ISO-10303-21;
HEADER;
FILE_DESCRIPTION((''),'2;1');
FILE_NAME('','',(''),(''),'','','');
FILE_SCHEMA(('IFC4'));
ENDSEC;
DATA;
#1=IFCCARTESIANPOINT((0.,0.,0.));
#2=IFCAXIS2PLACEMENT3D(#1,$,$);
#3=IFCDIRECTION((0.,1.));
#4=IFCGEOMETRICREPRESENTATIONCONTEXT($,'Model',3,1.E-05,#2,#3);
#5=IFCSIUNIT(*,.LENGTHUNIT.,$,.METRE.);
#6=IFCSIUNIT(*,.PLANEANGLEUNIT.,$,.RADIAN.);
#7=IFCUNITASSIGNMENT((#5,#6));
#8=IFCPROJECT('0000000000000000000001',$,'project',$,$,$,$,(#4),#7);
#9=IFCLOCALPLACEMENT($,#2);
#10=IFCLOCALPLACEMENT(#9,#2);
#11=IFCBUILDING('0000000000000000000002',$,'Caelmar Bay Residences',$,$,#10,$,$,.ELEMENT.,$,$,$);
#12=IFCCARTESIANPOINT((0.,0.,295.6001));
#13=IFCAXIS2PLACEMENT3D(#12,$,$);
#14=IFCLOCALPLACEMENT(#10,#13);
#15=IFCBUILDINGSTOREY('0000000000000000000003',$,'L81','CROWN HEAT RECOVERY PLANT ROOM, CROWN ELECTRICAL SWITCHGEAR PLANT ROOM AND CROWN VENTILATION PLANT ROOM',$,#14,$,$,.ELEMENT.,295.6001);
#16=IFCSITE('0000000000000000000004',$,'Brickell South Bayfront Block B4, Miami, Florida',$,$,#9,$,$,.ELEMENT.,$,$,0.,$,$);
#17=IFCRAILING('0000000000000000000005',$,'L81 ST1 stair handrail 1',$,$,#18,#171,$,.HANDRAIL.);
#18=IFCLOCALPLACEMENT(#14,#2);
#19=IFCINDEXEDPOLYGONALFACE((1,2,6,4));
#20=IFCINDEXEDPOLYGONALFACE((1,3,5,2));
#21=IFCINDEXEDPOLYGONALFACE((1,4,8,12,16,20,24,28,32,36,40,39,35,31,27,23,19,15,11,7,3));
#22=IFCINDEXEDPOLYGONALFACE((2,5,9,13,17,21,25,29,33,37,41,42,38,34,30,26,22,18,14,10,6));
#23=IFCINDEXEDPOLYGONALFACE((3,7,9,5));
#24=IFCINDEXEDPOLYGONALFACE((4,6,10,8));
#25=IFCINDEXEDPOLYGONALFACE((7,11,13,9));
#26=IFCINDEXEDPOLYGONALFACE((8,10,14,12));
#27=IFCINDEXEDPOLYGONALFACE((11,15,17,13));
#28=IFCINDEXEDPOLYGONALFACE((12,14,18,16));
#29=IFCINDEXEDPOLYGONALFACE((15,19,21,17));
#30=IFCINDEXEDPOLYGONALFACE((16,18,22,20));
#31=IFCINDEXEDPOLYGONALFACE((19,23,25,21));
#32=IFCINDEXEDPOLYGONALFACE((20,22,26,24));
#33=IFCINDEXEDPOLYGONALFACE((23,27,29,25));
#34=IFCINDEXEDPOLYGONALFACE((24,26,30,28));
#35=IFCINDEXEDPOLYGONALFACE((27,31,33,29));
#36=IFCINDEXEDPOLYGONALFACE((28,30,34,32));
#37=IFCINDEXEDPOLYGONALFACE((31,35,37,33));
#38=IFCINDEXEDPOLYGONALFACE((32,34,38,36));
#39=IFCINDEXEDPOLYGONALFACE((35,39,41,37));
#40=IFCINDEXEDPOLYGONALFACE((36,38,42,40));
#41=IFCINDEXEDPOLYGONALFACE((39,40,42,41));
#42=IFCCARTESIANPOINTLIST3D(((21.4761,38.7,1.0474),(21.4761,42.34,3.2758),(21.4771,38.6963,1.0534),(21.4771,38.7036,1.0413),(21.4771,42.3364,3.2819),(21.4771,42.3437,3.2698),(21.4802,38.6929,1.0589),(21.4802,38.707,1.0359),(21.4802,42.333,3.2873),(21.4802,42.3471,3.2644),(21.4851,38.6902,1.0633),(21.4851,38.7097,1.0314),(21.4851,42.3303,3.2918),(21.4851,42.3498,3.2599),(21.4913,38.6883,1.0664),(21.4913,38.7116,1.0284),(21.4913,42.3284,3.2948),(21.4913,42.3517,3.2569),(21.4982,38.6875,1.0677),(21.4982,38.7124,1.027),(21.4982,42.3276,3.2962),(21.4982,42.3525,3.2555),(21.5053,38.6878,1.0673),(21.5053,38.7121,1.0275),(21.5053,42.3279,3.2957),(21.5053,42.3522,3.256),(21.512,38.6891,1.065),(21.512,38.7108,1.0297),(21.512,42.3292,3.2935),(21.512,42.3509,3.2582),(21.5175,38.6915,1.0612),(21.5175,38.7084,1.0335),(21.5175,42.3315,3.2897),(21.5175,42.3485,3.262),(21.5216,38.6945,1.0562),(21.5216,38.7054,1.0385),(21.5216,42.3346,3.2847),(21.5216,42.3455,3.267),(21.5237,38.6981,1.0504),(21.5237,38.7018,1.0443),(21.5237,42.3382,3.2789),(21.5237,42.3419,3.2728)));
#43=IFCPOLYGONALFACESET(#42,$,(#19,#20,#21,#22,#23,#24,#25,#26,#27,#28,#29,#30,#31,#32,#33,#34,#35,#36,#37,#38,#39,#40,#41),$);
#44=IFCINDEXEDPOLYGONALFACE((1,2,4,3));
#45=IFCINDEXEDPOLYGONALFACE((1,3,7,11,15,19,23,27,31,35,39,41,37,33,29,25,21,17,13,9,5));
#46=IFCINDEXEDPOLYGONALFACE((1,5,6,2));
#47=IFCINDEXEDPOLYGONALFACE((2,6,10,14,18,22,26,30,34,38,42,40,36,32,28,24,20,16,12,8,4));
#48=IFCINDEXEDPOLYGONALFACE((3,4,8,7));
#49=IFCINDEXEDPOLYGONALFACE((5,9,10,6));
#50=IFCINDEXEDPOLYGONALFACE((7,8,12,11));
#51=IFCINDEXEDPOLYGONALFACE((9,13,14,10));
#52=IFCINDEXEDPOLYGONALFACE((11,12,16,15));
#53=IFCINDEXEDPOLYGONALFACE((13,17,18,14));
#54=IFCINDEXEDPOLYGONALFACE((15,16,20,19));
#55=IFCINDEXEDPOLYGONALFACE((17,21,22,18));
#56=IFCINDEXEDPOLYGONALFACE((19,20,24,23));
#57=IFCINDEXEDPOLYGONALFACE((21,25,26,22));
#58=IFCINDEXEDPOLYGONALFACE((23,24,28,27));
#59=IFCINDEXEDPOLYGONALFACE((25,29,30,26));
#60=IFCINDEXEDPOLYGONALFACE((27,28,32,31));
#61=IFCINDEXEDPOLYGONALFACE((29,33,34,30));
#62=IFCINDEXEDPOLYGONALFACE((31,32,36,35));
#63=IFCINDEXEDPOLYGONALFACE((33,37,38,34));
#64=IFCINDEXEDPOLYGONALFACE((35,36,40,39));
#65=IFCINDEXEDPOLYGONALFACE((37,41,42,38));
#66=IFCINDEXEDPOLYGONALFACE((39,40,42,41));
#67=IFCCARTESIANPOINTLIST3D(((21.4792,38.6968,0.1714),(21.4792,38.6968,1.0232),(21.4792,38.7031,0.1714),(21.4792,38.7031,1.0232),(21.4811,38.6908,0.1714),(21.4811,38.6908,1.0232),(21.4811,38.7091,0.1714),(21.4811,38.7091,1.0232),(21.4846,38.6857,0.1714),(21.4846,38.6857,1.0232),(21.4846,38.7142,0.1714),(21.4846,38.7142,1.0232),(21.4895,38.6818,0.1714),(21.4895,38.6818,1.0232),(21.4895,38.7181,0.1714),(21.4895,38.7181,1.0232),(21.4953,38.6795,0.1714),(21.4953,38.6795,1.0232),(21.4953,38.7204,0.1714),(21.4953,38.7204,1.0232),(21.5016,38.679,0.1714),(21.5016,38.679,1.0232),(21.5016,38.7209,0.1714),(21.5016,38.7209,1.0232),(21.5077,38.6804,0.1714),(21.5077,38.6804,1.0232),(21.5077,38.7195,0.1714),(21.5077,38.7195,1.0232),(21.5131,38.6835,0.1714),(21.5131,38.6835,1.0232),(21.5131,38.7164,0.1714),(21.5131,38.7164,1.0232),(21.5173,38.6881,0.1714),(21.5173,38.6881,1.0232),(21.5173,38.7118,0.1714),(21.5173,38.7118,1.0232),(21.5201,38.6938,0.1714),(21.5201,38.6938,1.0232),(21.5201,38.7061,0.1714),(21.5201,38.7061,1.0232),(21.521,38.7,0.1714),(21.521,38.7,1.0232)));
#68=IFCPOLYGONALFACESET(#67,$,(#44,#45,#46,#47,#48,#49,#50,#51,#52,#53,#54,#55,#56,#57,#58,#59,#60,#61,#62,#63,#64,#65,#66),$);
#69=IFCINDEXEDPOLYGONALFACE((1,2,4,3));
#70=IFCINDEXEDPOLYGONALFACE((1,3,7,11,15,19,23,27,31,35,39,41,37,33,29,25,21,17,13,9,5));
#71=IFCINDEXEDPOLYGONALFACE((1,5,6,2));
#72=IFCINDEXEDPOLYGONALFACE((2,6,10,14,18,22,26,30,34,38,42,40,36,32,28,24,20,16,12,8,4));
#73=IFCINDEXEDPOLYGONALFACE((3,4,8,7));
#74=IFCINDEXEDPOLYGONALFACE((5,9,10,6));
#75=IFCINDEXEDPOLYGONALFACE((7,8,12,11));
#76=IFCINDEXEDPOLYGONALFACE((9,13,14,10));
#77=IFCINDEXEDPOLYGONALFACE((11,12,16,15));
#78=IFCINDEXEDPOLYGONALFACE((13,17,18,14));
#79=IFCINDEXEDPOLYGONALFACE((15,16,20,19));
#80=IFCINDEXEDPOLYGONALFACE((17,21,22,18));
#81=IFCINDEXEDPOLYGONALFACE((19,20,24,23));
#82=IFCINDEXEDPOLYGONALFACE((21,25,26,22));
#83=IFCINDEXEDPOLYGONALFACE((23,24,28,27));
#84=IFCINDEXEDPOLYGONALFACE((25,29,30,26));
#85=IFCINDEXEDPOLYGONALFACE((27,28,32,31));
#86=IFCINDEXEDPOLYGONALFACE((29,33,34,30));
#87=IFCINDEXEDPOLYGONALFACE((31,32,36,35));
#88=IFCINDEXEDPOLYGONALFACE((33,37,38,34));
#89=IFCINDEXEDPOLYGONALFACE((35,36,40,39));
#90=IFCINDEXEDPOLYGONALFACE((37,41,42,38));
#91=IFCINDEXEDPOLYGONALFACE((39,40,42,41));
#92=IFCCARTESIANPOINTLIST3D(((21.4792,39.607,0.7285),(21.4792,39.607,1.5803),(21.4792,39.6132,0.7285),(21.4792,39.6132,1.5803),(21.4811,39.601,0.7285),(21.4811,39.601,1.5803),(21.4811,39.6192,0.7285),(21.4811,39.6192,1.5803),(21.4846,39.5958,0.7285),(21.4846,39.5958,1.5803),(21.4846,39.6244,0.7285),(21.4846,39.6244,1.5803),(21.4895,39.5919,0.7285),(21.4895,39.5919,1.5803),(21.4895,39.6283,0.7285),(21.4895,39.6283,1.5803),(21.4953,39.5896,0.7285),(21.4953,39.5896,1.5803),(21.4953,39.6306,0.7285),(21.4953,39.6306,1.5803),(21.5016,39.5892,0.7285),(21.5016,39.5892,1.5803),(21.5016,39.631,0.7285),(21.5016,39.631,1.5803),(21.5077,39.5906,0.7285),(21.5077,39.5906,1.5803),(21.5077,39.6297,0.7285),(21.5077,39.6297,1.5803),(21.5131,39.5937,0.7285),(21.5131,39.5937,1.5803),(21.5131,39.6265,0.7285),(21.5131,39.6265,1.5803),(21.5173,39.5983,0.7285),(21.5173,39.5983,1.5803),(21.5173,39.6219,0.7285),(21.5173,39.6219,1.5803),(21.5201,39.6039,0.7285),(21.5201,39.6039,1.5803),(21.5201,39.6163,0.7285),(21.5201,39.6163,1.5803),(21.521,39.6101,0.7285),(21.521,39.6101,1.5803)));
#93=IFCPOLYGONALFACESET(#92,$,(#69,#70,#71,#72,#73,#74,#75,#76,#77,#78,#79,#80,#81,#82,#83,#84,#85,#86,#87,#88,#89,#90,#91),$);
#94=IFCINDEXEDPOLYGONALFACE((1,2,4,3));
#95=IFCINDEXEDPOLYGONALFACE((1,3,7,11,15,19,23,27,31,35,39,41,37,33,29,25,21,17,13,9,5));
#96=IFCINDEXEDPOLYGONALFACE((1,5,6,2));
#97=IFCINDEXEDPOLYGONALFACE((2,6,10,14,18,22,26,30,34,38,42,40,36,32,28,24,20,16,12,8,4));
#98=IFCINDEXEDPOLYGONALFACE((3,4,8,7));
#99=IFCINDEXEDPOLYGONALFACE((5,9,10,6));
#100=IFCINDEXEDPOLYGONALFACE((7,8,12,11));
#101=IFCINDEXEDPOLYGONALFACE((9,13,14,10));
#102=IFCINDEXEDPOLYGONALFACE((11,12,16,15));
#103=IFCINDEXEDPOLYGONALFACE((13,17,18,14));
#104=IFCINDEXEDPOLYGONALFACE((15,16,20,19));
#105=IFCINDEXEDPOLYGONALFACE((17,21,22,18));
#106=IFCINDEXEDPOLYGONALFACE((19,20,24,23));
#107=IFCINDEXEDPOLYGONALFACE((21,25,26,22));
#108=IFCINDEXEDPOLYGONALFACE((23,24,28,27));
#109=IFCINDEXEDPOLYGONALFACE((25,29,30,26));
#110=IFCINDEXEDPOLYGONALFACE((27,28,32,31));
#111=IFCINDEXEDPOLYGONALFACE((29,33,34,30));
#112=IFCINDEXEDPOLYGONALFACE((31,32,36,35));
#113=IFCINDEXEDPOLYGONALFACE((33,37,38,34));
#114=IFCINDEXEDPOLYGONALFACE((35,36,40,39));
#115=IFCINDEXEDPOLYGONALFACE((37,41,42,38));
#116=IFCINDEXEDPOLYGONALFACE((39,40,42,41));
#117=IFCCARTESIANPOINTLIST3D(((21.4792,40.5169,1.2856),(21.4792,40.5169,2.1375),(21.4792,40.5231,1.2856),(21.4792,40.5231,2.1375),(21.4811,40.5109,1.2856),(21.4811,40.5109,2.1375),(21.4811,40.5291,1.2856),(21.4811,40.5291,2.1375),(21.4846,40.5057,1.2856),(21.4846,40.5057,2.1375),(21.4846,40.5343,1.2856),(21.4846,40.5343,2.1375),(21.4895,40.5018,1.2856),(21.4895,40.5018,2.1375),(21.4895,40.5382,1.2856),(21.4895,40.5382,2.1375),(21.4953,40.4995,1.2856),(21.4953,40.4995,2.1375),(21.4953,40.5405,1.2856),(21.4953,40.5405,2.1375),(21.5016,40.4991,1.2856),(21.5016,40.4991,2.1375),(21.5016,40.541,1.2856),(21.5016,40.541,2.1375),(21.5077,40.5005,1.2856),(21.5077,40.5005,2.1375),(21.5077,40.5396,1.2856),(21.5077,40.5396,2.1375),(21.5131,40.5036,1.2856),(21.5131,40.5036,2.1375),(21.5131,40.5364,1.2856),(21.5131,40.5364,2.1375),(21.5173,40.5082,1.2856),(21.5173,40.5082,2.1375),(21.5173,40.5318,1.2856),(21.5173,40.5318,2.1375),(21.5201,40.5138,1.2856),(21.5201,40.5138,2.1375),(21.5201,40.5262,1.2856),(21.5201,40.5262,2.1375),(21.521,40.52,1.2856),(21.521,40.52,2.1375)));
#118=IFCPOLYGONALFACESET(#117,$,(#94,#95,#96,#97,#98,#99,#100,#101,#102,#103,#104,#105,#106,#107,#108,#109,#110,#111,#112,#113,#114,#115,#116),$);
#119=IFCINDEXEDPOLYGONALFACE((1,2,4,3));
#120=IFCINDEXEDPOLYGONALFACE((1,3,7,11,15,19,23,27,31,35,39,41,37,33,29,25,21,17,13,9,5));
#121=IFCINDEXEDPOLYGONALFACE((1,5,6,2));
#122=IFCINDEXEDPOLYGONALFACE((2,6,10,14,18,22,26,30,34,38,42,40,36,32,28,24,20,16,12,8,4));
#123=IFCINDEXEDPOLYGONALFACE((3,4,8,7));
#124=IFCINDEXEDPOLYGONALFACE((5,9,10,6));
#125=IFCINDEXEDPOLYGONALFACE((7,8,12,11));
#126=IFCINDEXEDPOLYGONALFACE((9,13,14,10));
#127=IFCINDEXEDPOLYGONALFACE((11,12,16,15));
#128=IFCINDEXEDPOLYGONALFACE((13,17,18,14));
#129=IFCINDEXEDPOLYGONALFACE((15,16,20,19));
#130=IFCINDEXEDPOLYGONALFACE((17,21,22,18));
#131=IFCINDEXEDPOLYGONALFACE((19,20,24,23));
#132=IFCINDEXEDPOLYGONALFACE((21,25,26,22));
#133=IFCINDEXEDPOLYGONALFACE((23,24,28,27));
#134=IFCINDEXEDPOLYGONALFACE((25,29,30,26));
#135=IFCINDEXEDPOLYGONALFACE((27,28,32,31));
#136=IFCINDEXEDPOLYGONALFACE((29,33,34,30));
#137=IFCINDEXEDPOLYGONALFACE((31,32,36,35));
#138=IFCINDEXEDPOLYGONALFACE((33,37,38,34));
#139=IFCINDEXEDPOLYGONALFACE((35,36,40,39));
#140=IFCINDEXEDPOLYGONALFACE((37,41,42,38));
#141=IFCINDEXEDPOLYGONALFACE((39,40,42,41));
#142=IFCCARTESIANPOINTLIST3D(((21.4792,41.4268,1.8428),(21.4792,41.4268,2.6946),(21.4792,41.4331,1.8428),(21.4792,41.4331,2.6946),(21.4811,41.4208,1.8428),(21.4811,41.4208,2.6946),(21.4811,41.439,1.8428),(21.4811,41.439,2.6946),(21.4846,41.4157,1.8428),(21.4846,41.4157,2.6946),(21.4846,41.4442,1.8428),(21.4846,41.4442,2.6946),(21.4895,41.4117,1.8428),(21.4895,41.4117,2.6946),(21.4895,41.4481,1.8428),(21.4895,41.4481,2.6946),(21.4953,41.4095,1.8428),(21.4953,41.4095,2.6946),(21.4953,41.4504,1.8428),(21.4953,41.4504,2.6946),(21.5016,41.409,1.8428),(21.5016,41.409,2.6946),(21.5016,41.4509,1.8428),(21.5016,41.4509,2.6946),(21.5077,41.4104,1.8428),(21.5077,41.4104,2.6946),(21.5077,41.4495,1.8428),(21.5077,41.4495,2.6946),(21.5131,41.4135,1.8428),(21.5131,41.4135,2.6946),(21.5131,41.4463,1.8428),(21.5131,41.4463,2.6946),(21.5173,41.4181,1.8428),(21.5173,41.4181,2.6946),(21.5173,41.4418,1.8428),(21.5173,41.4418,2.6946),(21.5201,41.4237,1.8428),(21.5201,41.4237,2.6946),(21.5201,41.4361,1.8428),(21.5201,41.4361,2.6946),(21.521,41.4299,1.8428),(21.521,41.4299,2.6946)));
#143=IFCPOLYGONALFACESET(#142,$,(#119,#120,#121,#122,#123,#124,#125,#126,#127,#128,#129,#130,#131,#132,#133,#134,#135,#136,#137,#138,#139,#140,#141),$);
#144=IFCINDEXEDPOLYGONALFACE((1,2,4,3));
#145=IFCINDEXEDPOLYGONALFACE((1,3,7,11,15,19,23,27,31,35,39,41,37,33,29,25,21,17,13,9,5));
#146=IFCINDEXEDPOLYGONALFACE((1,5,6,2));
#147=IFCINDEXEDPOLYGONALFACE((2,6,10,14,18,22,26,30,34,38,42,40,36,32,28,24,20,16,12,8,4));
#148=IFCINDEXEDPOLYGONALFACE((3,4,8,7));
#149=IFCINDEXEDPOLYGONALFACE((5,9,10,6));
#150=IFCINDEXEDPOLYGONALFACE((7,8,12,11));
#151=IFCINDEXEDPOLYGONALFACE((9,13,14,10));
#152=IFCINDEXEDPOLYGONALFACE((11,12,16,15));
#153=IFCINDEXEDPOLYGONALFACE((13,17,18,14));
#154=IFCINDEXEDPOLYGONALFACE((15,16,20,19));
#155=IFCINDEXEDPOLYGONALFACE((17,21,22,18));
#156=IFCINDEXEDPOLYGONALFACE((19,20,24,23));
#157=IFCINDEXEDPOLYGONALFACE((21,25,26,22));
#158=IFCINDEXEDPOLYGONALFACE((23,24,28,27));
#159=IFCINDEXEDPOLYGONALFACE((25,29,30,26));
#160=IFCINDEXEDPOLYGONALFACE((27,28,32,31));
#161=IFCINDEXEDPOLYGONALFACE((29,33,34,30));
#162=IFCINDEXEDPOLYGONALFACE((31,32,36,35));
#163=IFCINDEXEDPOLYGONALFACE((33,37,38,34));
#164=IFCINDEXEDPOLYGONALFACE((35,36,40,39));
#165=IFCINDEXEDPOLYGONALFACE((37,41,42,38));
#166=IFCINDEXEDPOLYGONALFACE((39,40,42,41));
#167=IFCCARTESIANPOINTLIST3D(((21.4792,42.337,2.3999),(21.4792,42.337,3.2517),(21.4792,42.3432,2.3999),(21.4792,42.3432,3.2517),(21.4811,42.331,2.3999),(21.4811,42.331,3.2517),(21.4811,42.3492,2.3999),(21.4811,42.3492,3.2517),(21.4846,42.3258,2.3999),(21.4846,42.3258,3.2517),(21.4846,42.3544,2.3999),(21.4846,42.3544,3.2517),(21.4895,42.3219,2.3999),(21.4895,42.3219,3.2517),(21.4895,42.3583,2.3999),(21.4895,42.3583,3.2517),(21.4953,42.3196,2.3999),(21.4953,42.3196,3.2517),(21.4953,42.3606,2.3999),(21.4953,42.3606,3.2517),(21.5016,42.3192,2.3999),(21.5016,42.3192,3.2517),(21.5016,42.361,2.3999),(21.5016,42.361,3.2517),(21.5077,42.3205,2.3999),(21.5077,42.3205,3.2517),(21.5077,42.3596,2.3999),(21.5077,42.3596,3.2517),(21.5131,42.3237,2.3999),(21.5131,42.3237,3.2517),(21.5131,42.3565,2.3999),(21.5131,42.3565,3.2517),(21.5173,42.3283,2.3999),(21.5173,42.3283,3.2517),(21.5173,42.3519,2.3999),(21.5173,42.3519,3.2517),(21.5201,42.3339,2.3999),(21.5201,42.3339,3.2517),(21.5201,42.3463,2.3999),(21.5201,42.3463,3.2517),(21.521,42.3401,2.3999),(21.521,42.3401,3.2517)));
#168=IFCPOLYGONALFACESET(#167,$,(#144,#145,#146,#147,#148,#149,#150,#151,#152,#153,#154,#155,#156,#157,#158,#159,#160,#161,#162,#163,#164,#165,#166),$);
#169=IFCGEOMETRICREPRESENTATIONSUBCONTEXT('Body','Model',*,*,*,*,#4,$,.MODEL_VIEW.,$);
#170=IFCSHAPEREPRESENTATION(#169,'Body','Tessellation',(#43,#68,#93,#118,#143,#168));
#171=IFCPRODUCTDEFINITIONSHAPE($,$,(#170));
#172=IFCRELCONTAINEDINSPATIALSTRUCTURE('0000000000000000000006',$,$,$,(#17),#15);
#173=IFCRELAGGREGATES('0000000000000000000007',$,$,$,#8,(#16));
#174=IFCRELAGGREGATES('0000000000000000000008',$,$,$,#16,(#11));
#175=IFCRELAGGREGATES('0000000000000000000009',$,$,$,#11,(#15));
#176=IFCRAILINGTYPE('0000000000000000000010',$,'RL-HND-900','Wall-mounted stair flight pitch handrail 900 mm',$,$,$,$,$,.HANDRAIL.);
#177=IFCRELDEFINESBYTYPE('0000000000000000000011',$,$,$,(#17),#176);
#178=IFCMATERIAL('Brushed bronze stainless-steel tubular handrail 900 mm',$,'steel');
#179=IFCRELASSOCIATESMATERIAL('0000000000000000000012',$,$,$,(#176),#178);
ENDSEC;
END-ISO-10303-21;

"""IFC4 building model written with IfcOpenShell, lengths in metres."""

from ifc_helpers import new_model, si_unit, direction, frame, origin, origin_2d, place, context, subcontext, project, spatial, circle, extrude, material, type_object, element, save


model = new_model("IFC4")

# Units and contexts
model_context = context("Model", 3, precision=1e-05, world=origin(), true_north=direction((0.0, 1.0)))
body_context = subcontext(model_context, "Body", "Model", "MODEL_VIEW")
ifc_project = project(units=[si_unit("LENGTHUNIT", "METRE"), si_unit("PLANEANGLEUNIT", "RADIAN")], contexts=[model_context])

# Site, building, storey
site_placement = place(None, origin())
site = spatial("IfcSite", under=ifc_project, at=site_placement, Name="Brickell South Bayfront Block B4, Miami, Florida", CompositionType="ELEMENT", RefElevation=0.0)
building_placement = place(site_placement, origin())
building = spatial("IfcBuilding", under=site, at=building_placement, Name="Caelmar Bay Residences", CompositionType="ELEMENT")
storey_placement = place(building_placement, frame((0.0, 0.0, 295.6001)))
storey = spatial("IfcBuildingStorey", under=building, at=storey_placement, Name="L81", Description="CROWN HEAT RECOVERY PLANT ROOM, CROWN ELECTRICAL SWITCHGEAR PLANT ROOM AND CROWN VENTILATION PLANT ROOM", CompositionType="ELEMENT", Elevation=295.6001)

# Railing
ifc_material_1 = material(Name="Brushed bronze stainless-steel tubular handrail 900 mm", Category="steel")
railing_type_1 = type_object("IfcRailingType", Name="RL-HND-900", Description="Wall-mounted stair flight pitch handrail 900 mm", PredefinedType="HANDRAIL", material=ifc_material_1)
railing_1_placement = place(storey_placement, frame((21.5, 38.7, 0.1714)))
element("IfcRailing", 1, at=railing_1_placement, inside=storey, type_object=railing_type_1, Name="L81 ST1 stair handrail 1", PredefinedType="HANDRAIL", context=body_context, shape_type="SweptSolid", body=[
    extrude(circle(Radius=0.0239, at=origin_2d()), frame((0.0, 0.0, 0.876), z_axis=(0.0, 0.852866, 0.52213), x_axis=(-1.0, 0.0, 0.0)), (0.0, 0.0, 1.0), 4.2681),
    extrude(circle(Radius=0.021, at=origin_2d()), origin(), (0.0, 0.0, 1.0), 0.8518),
    extrude(circle(Radius=0.021, at=origin_2d()), frame((0.0, 0.9102, 0.5571)), (0.0, 0.0, 1.0), 0.8518),
    extrude(circle(Radius=0.021, at=origin_2d()), frame((0.0, 1.8201, 1.1143)), (0.0, 0.0, 1.0), 0.8518),
    extrude(circle(Radius=0.021, at=origin_2d()), frame((0.0, 2.73, 1.6714)), (0.0, 0.0, 1.0), 0.8518),
    extrude(circle(Radius=0.021, at=origin_2d()), frame((0.0, 3.6401, 2.2285)), (0.0, 0.0, 1.0), 0.8518),
])

save(model, "model.ifc")
